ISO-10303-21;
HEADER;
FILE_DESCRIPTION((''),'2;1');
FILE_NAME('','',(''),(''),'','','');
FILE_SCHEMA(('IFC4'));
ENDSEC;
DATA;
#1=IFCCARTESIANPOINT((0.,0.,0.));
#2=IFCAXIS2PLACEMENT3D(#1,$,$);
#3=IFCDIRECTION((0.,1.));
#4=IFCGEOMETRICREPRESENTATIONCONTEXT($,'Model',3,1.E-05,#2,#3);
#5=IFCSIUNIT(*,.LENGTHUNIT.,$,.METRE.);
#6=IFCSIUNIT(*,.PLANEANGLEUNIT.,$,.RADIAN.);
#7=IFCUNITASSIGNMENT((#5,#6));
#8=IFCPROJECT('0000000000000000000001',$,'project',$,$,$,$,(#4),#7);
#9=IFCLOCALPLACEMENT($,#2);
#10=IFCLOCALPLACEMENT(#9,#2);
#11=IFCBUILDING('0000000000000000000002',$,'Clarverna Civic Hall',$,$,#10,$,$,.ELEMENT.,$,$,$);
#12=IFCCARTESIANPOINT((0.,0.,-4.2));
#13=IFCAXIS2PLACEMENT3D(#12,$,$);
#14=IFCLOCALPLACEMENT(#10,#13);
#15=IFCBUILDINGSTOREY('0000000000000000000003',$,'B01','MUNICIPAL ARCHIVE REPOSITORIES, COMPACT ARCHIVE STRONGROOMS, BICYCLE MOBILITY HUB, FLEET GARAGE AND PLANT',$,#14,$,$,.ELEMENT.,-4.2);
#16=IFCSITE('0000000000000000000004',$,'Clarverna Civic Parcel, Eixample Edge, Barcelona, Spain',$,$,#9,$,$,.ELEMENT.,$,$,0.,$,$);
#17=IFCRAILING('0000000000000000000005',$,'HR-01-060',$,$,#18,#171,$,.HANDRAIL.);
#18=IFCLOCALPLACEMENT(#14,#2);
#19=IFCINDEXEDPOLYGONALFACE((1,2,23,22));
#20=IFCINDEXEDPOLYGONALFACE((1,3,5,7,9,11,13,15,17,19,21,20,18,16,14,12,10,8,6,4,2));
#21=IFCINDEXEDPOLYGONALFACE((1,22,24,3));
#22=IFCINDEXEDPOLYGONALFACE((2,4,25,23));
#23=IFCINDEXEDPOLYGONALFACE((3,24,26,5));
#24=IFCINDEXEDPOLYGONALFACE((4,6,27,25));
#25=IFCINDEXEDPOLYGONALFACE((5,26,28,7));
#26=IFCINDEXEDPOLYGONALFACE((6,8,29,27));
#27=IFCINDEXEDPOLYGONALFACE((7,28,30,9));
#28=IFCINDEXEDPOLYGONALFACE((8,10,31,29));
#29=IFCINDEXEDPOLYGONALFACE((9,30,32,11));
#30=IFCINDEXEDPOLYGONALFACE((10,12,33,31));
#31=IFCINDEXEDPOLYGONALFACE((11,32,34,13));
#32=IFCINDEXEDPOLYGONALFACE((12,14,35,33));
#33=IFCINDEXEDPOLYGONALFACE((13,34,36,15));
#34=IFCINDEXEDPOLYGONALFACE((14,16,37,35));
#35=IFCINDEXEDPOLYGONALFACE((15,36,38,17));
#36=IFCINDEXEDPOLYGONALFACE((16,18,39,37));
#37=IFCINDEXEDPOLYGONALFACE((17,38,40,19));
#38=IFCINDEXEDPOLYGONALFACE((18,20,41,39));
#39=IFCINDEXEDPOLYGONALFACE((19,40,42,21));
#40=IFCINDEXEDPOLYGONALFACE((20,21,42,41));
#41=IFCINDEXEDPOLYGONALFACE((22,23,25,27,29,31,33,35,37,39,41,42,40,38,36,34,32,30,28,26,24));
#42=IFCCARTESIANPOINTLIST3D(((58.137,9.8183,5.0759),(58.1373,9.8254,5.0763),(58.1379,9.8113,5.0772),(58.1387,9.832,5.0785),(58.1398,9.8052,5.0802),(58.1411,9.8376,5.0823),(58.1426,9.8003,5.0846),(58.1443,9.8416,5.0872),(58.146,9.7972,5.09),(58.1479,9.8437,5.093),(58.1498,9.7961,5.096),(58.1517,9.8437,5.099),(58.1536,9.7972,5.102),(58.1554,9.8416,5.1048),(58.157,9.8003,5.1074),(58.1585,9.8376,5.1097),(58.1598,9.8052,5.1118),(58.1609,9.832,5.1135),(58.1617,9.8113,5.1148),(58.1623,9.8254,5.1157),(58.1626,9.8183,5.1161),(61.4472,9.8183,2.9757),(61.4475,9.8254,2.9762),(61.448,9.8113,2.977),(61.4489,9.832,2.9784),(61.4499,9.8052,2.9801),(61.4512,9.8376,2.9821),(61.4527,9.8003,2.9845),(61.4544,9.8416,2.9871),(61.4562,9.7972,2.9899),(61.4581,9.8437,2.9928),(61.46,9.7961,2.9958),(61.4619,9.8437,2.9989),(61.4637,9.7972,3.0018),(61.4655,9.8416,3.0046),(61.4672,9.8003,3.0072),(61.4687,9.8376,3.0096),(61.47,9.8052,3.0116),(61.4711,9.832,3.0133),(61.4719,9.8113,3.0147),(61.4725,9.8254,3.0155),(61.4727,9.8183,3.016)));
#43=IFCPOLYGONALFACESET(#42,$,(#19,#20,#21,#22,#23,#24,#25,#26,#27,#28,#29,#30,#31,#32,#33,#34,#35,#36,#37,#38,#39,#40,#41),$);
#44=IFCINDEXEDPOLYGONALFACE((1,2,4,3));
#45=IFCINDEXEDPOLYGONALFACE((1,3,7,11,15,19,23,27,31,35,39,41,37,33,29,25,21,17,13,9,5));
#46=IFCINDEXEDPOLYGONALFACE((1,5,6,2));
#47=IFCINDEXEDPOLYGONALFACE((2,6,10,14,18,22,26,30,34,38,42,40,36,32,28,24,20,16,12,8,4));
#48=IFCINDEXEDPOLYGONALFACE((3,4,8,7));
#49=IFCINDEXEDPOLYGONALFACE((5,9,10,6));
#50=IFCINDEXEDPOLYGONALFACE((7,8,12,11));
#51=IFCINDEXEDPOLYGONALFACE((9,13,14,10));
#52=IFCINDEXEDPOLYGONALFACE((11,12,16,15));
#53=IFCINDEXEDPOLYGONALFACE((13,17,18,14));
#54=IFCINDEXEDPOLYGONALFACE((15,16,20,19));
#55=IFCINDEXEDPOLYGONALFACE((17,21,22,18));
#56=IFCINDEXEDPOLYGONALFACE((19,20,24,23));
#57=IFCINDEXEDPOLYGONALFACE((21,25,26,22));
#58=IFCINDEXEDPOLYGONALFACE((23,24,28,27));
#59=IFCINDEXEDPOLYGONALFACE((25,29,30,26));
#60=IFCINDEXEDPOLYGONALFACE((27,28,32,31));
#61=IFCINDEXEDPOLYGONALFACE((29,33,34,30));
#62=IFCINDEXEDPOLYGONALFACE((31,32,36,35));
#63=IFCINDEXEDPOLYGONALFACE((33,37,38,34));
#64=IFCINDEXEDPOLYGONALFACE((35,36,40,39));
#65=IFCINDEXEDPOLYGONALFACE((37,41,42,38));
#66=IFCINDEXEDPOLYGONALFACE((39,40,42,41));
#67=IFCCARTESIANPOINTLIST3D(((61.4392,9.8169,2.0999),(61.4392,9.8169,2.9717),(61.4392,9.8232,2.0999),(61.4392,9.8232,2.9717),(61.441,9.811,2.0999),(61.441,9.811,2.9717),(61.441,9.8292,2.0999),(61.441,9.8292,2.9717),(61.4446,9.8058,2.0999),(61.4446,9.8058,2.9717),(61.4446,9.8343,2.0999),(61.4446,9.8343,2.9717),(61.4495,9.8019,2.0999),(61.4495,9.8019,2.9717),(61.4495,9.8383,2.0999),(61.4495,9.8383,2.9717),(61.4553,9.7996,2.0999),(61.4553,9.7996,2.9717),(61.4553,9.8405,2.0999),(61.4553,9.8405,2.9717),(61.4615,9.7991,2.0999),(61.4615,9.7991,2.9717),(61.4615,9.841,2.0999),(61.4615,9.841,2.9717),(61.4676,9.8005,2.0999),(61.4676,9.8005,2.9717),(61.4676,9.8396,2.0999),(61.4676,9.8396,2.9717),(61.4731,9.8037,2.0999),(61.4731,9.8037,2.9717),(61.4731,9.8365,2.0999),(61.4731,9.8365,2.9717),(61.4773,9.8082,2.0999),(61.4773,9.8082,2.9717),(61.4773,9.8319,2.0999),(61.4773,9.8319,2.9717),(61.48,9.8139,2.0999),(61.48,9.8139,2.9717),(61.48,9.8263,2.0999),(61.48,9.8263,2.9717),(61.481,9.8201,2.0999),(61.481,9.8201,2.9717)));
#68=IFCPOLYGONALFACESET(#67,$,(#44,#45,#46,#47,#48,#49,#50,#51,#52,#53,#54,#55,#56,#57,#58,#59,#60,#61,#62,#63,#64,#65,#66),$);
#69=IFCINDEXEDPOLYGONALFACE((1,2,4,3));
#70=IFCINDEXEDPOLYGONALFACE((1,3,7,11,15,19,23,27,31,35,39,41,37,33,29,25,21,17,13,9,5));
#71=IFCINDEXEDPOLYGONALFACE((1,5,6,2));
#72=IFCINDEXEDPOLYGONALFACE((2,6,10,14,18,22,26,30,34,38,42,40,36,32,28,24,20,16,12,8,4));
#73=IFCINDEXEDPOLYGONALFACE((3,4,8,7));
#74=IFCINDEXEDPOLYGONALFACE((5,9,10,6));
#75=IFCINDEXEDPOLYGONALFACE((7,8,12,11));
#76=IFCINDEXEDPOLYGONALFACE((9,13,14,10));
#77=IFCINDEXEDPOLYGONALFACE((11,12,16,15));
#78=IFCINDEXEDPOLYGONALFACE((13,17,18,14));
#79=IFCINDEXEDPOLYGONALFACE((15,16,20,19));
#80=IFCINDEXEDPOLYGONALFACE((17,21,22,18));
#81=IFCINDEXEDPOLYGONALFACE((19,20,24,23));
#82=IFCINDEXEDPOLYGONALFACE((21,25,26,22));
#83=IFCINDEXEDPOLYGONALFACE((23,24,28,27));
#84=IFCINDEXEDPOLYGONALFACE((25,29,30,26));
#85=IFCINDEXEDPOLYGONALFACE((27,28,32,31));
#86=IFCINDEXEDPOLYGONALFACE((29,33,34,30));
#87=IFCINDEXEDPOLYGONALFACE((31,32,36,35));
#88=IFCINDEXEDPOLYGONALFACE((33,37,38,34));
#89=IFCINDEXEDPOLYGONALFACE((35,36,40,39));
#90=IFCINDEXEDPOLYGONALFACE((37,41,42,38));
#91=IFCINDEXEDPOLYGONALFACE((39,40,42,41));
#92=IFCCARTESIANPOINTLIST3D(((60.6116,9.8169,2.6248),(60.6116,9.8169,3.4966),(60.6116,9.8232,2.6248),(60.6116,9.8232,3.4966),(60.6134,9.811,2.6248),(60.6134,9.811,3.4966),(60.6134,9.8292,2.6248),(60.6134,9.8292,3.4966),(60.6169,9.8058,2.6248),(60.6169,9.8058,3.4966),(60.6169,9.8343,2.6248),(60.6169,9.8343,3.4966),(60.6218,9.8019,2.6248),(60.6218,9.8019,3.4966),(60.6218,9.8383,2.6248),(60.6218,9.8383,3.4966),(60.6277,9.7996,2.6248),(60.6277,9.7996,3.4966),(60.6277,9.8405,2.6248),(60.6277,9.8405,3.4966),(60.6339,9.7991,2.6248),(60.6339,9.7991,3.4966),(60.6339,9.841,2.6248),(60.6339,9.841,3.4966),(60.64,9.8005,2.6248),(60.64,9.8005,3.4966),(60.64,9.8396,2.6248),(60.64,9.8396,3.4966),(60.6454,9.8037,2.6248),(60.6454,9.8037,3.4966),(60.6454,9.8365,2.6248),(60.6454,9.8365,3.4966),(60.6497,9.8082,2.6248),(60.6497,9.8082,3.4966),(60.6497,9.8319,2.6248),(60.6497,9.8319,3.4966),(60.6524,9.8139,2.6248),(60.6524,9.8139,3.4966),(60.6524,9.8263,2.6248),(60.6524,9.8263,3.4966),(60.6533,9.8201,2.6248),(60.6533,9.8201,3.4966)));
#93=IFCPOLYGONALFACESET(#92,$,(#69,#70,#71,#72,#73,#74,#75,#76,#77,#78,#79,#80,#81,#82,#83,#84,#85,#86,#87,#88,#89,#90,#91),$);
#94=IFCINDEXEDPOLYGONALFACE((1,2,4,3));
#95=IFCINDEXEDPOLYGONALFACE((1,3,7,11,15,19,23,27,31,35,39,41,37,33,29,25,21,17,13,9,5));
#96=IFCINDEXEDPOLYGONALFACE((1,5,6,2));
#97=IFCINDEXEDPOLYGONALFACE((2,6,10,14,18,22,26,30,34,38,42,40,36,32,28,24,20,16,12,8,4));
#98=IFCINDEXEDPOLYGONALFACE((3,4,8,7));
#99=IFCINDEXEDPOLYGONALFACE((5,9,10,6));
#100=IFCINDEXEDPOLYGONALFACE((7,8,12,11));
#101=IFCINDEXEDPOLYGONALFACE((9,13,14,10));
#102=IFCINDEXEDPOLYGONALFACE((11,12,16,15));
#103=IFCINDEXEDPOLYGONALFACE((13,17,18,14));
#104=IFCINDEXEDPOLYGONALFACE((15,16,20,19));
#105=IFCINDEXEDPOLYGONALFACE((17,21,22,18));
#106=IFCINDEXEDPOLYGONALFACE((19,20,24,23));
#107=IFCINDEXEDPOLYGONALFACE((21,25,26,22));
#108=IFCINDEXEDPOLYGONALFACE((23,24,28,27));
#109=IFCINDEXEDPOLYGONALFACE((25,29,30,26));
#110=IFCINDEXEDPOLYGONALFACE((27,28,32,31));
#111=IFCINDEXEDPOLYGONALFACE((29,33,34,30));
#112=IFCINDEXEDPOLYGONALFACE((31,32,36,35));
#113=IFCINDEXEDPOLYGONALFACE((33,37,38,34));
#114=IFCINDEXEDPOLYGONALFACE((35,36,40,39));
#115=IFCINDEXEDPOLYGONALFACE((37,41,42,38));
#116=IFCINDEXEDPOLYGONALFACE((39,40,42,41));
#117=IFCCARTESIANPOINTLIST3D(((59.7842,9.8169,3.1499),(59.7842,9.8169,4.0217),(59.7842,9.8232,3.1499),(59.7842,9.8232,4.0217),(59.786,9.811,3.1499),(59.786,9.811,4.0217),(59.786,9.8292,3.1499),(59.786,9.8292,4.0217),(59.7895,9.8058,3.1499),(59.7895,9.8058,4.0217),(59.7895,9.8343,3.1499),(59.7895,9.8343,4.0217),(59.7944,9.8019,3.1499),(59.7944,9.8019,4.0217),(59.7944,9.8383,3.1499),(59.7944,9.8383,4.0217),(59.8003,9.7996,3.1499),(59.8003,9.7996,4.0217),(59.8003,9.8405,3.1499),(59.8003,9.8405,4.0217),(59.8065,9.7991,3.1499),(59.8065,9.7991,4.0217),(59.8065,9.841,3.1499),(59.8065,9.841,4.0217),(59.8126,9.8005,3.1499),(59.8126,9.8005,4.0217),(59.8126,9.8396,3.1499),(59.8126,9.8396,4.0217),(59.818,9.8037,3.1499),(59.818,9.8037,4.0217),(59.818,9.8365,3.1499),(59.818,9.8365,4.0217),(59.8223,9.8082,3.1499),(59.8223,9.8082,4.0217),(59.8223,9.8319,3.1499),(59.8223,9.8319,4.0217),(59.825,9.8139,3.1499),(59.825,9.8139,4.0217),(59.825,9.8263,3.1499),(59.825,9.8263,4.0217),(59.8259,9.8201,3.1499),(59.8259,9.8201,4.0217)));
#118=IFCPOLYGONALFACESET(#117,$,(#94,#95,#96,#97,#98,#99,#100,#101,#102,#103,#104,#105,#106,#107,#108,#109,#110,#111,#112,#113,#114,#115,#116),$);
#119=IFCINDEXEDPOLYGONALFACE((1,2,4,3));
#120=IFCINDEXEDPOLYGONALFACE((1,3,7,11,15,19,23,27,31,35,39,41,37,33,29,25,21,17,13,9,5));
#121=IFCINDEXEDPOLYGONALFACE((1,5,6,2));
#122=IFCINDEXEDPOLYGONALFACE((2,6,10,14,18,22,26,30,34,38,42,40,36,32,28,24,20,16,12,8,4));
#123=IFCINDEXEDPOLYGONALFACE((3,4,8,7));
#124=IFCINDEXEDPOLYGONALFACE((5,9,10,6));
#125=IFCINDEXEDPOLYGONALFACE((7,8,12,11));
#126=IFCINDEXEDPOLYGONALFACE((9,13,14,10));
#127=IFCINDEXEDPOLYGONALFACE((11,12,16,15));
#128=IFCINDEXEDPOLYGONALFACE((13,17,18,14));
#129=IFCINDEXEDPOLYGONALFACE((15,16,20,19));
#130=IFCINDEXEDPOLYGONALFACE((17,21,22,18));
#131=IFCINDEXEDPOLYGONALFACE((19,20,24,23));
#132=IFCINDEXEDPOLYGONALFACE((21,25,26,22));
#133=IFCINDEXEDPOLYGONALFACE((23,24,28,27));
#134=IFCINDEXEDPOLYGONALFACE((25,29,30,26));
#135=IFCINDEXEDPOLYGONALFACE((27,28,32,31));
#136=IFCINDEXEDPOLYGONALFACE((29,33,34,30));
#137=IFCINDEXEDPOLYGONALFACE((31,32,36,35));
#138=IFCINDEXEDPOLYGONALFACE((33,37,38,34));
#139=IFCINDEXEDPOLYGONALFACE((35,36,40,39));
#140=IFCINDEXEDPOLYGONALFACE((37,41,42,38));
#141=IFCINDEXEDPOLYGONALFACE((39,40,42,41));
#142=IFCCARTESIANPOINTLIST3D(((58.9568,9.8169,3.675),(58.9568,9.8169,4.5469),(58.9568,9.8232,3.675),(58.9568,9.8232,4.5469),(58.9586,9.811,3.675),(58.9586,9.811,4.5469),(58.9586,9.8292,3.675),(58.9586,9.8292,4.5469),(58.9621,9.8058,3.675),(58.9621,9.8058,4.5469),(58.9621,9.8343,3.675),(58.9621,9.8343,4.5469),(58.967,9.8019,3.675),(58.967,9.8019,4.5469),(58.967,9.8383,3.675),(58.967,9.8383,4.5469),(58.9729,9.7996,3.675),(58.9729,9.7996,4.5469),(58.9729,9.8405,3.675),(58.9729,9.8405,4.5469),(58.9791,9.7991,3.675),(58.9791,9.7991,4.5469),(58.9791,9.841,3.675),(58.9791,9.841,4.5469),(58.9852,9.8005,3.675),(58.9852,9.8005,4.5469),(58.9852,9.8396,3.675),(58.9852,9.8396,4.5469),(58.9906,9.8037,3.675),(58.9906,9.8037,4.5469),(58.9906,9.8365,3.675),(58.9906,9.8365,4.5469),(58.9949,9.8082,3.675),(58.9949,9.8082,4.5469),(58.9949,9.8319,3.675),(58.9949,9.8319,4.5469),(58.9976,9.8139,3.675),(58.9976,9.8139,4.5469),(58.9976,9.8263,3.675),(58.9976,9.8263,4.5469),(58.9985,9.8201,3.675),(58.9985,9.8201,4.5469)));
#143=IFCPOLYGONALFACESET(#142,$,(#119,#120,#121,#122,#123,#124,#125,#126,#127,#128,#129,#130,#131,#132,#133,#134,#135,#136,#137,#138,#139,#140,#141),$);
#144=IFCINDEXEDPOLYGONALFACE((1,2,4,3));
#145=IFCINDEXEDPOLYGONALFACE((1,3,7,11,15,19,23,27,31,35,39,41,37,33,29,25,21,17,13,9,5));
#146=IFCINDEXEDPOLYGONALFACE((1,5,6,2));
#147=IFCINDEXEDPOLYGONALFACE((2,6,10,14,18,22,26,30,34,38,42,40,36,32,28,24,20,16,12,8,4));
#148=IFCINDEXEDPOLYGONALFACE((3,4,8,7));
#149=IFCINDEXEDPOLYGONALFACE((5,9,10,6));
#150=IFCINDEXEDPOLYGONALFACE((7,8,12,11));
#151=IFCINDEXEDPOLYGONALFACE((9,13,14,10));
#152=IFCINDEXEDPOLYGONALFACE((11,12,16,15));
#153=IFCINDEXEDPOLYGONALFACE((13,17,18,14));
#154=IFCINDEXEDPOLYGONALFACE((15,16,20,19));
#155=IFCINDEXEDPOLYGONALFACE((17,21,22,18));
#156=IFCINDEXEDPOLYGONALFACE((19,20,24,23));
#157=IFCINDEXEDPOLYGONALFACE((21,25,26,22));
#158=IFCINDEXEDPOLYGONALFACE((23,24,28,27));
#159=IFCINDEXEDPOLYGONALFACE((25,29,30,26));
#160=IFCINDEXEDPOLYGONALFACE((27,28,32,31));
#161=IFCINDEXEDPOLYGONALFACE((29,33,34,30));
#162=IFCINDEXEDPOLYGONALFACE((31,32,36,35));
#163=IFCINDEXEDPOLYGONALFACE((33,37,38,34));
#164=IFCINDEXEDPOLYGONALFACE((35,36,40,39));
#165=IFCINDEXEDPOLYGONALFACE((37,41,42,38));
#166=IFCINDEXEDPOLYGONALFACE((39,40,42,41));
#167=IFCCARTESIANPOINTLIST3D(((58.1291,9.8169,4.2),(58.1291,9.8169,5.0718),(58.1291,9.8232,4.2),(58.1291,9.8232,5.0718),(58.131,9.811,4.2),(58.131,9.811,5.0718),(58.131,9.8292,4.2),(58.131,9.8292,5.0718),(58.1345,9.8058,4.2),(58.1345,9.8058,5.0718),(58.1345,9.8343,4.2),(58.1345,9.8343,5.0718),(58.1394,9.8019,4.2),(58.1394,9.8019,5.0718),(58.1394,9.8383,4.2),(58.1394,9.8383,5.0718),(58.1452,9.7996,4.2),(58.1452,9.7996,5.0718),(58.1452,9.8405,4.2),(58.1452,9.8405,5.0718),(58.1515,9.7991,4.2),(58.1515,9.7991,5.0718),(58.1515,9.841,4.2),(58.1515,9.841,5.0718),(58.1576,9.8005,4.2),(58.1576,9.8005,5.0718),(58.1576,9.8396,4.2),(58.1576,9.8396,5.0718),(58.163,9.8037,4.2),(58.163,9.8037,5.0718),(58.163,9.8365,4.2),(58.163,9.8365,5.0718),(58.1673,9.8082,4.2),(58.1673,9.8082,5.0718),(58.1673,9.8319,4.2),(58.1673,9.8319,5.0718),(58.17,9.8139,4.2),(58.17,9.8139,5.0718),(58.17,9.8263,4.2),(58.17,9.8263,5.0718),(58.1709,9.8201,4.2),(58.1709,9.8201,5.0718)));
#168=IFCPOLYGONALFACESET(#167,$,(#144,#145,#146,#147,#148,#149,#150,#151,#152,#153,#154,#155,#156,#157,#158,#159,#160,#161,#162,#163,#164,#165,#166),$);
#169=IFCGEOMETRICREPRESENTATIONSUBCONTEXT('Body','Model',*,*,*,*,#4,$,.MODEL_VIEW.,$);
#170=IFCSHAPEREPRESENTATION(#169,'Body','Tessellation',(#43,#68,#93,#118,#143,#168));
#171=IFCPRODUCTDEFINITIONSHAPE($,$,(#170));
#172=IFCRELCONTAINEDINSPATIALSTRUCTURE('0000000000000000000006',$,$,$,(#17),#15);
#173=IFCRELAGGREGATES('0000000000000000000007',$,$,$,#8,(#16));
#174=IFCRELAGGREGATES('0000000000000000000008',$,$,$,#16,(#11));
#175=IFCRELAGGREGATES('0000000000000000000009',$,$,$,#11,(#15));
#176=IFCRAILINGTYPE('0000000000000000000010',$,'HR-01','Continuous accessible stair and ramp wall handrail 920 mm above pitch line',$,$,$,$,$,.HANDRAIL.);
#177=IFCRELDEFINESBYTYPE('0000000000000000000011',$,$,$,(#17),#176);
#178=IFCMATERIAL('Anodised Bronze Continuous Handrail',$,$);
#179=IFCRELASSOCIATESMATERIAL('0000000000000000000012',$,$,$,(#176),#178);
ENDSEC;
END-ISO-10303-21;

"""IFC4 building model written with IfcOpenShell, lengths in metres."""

from ifc_helpers import new_model, si_unit, direction, frame, origin, origin_2d, place, context, subcontext, project, spatial, circle, extrude, material, type_object, element, save


model = new_model("IFC4")

# Units and contexts
model_context = context("Model", 3, precision=1e-05, world=origin(), true_north=direction((0.0, 1.0)))
body_context = subcontext(model_context, "Body", "Model", "MODEL_VIEW")
ifc_project = project(units=[si_unit("LENGTHUNIT", "METRE"), si_unit("PLANEANGLEUNIT", "RADIAN")], contexts=[model_context])

# Site, building, storey
site_placement = place(None, origin())
site = spatial("IfcSite", under=ifc_project, at=site_placement, Name="Clarverna Civic Parcel, Eixample Edge, Barcelona, Spain", CompositionType="ELEMENT", RefElevation=0.0)
building_placement = place(site_placement, origin())
building = spatial("IfcBuilding", under=site, at=building_placement, Name="Clarverna Civic Hall", CompositionType="ELEMENT")
storey_placement = place(building_placement, frame((0.0, 0.0, -4.2)))
storey = spatial("IfcBuildingStorey", under=building, at=storey_placement, Name="B01", Description="MUNICIPAL ARCHIVE REPOSITORIES, COMPACT ARCHIVE STRONGROOMS, BICYCLE MOBILITY HUB, FLEET GARAGE AND PLANT", CompositionType="ELEMENT", Elevation=-4.2)

# Railing
ifc_material_1 = material(Name="Anodised Bronze Continuous Handrail")
railing_type_1 = type_object("IfcRailingType", Name="HR-01", Description="Continuous accessible stair and ramp wall handrail 920 mm above pitch line", PredefinedType="HANDRAIL", material=ifc_material_1)
railing_1_placement = place(storey_placement, frame((61.46, 9.8201, 2.0999)))
element("IfcRailing", 1, at=railing_1_placement, inside=storey, type_object=railing_type_1, Name="HR-01-060", PredefinedType="HANDRAIL", context=body_context, shape_type="SweptSolid", body=[
    extrude(circle(Radius=0.0239, at=origin_2d()), frame((0.0, 0.0, 0.896), z_axis=(-0.844389, 0.0, 0.535731), x_axis=(0.0, -1.0, 0.0)), (0.0, 0.0, 1.0), 3.9202),
    extrude(circle(Radius=0.021, at=origin_2d()), origin(), (0.0, 0.0, 1.0), 0.8718),
    extrude(circle(Radius=0.021, at=origin_2d()), frame((-0.8276, 0.0, 0.5249)), (0.0, 0.0, 1.0), 0.8718),
    extrude(circle(Radius=0.021, at=origin_2d()), frame((-1.655, 0.0, 1.05)), (0.0, 0.0, 1.0), 0.8718),
    extrude(circle(Radius=0.021, at=origin_2d()), frame((-2.4824, 0.0, 1.5752)), (0.0, 0.0, 1.0), 0.8718),
    extrude(circle(Radius=0.021, at=origin_2d()), frame((-3.3101, 0.0, 2.1001)), (0.0, 0.0, 1.0), 0.8718),
])

save(model, "model.ifc")
